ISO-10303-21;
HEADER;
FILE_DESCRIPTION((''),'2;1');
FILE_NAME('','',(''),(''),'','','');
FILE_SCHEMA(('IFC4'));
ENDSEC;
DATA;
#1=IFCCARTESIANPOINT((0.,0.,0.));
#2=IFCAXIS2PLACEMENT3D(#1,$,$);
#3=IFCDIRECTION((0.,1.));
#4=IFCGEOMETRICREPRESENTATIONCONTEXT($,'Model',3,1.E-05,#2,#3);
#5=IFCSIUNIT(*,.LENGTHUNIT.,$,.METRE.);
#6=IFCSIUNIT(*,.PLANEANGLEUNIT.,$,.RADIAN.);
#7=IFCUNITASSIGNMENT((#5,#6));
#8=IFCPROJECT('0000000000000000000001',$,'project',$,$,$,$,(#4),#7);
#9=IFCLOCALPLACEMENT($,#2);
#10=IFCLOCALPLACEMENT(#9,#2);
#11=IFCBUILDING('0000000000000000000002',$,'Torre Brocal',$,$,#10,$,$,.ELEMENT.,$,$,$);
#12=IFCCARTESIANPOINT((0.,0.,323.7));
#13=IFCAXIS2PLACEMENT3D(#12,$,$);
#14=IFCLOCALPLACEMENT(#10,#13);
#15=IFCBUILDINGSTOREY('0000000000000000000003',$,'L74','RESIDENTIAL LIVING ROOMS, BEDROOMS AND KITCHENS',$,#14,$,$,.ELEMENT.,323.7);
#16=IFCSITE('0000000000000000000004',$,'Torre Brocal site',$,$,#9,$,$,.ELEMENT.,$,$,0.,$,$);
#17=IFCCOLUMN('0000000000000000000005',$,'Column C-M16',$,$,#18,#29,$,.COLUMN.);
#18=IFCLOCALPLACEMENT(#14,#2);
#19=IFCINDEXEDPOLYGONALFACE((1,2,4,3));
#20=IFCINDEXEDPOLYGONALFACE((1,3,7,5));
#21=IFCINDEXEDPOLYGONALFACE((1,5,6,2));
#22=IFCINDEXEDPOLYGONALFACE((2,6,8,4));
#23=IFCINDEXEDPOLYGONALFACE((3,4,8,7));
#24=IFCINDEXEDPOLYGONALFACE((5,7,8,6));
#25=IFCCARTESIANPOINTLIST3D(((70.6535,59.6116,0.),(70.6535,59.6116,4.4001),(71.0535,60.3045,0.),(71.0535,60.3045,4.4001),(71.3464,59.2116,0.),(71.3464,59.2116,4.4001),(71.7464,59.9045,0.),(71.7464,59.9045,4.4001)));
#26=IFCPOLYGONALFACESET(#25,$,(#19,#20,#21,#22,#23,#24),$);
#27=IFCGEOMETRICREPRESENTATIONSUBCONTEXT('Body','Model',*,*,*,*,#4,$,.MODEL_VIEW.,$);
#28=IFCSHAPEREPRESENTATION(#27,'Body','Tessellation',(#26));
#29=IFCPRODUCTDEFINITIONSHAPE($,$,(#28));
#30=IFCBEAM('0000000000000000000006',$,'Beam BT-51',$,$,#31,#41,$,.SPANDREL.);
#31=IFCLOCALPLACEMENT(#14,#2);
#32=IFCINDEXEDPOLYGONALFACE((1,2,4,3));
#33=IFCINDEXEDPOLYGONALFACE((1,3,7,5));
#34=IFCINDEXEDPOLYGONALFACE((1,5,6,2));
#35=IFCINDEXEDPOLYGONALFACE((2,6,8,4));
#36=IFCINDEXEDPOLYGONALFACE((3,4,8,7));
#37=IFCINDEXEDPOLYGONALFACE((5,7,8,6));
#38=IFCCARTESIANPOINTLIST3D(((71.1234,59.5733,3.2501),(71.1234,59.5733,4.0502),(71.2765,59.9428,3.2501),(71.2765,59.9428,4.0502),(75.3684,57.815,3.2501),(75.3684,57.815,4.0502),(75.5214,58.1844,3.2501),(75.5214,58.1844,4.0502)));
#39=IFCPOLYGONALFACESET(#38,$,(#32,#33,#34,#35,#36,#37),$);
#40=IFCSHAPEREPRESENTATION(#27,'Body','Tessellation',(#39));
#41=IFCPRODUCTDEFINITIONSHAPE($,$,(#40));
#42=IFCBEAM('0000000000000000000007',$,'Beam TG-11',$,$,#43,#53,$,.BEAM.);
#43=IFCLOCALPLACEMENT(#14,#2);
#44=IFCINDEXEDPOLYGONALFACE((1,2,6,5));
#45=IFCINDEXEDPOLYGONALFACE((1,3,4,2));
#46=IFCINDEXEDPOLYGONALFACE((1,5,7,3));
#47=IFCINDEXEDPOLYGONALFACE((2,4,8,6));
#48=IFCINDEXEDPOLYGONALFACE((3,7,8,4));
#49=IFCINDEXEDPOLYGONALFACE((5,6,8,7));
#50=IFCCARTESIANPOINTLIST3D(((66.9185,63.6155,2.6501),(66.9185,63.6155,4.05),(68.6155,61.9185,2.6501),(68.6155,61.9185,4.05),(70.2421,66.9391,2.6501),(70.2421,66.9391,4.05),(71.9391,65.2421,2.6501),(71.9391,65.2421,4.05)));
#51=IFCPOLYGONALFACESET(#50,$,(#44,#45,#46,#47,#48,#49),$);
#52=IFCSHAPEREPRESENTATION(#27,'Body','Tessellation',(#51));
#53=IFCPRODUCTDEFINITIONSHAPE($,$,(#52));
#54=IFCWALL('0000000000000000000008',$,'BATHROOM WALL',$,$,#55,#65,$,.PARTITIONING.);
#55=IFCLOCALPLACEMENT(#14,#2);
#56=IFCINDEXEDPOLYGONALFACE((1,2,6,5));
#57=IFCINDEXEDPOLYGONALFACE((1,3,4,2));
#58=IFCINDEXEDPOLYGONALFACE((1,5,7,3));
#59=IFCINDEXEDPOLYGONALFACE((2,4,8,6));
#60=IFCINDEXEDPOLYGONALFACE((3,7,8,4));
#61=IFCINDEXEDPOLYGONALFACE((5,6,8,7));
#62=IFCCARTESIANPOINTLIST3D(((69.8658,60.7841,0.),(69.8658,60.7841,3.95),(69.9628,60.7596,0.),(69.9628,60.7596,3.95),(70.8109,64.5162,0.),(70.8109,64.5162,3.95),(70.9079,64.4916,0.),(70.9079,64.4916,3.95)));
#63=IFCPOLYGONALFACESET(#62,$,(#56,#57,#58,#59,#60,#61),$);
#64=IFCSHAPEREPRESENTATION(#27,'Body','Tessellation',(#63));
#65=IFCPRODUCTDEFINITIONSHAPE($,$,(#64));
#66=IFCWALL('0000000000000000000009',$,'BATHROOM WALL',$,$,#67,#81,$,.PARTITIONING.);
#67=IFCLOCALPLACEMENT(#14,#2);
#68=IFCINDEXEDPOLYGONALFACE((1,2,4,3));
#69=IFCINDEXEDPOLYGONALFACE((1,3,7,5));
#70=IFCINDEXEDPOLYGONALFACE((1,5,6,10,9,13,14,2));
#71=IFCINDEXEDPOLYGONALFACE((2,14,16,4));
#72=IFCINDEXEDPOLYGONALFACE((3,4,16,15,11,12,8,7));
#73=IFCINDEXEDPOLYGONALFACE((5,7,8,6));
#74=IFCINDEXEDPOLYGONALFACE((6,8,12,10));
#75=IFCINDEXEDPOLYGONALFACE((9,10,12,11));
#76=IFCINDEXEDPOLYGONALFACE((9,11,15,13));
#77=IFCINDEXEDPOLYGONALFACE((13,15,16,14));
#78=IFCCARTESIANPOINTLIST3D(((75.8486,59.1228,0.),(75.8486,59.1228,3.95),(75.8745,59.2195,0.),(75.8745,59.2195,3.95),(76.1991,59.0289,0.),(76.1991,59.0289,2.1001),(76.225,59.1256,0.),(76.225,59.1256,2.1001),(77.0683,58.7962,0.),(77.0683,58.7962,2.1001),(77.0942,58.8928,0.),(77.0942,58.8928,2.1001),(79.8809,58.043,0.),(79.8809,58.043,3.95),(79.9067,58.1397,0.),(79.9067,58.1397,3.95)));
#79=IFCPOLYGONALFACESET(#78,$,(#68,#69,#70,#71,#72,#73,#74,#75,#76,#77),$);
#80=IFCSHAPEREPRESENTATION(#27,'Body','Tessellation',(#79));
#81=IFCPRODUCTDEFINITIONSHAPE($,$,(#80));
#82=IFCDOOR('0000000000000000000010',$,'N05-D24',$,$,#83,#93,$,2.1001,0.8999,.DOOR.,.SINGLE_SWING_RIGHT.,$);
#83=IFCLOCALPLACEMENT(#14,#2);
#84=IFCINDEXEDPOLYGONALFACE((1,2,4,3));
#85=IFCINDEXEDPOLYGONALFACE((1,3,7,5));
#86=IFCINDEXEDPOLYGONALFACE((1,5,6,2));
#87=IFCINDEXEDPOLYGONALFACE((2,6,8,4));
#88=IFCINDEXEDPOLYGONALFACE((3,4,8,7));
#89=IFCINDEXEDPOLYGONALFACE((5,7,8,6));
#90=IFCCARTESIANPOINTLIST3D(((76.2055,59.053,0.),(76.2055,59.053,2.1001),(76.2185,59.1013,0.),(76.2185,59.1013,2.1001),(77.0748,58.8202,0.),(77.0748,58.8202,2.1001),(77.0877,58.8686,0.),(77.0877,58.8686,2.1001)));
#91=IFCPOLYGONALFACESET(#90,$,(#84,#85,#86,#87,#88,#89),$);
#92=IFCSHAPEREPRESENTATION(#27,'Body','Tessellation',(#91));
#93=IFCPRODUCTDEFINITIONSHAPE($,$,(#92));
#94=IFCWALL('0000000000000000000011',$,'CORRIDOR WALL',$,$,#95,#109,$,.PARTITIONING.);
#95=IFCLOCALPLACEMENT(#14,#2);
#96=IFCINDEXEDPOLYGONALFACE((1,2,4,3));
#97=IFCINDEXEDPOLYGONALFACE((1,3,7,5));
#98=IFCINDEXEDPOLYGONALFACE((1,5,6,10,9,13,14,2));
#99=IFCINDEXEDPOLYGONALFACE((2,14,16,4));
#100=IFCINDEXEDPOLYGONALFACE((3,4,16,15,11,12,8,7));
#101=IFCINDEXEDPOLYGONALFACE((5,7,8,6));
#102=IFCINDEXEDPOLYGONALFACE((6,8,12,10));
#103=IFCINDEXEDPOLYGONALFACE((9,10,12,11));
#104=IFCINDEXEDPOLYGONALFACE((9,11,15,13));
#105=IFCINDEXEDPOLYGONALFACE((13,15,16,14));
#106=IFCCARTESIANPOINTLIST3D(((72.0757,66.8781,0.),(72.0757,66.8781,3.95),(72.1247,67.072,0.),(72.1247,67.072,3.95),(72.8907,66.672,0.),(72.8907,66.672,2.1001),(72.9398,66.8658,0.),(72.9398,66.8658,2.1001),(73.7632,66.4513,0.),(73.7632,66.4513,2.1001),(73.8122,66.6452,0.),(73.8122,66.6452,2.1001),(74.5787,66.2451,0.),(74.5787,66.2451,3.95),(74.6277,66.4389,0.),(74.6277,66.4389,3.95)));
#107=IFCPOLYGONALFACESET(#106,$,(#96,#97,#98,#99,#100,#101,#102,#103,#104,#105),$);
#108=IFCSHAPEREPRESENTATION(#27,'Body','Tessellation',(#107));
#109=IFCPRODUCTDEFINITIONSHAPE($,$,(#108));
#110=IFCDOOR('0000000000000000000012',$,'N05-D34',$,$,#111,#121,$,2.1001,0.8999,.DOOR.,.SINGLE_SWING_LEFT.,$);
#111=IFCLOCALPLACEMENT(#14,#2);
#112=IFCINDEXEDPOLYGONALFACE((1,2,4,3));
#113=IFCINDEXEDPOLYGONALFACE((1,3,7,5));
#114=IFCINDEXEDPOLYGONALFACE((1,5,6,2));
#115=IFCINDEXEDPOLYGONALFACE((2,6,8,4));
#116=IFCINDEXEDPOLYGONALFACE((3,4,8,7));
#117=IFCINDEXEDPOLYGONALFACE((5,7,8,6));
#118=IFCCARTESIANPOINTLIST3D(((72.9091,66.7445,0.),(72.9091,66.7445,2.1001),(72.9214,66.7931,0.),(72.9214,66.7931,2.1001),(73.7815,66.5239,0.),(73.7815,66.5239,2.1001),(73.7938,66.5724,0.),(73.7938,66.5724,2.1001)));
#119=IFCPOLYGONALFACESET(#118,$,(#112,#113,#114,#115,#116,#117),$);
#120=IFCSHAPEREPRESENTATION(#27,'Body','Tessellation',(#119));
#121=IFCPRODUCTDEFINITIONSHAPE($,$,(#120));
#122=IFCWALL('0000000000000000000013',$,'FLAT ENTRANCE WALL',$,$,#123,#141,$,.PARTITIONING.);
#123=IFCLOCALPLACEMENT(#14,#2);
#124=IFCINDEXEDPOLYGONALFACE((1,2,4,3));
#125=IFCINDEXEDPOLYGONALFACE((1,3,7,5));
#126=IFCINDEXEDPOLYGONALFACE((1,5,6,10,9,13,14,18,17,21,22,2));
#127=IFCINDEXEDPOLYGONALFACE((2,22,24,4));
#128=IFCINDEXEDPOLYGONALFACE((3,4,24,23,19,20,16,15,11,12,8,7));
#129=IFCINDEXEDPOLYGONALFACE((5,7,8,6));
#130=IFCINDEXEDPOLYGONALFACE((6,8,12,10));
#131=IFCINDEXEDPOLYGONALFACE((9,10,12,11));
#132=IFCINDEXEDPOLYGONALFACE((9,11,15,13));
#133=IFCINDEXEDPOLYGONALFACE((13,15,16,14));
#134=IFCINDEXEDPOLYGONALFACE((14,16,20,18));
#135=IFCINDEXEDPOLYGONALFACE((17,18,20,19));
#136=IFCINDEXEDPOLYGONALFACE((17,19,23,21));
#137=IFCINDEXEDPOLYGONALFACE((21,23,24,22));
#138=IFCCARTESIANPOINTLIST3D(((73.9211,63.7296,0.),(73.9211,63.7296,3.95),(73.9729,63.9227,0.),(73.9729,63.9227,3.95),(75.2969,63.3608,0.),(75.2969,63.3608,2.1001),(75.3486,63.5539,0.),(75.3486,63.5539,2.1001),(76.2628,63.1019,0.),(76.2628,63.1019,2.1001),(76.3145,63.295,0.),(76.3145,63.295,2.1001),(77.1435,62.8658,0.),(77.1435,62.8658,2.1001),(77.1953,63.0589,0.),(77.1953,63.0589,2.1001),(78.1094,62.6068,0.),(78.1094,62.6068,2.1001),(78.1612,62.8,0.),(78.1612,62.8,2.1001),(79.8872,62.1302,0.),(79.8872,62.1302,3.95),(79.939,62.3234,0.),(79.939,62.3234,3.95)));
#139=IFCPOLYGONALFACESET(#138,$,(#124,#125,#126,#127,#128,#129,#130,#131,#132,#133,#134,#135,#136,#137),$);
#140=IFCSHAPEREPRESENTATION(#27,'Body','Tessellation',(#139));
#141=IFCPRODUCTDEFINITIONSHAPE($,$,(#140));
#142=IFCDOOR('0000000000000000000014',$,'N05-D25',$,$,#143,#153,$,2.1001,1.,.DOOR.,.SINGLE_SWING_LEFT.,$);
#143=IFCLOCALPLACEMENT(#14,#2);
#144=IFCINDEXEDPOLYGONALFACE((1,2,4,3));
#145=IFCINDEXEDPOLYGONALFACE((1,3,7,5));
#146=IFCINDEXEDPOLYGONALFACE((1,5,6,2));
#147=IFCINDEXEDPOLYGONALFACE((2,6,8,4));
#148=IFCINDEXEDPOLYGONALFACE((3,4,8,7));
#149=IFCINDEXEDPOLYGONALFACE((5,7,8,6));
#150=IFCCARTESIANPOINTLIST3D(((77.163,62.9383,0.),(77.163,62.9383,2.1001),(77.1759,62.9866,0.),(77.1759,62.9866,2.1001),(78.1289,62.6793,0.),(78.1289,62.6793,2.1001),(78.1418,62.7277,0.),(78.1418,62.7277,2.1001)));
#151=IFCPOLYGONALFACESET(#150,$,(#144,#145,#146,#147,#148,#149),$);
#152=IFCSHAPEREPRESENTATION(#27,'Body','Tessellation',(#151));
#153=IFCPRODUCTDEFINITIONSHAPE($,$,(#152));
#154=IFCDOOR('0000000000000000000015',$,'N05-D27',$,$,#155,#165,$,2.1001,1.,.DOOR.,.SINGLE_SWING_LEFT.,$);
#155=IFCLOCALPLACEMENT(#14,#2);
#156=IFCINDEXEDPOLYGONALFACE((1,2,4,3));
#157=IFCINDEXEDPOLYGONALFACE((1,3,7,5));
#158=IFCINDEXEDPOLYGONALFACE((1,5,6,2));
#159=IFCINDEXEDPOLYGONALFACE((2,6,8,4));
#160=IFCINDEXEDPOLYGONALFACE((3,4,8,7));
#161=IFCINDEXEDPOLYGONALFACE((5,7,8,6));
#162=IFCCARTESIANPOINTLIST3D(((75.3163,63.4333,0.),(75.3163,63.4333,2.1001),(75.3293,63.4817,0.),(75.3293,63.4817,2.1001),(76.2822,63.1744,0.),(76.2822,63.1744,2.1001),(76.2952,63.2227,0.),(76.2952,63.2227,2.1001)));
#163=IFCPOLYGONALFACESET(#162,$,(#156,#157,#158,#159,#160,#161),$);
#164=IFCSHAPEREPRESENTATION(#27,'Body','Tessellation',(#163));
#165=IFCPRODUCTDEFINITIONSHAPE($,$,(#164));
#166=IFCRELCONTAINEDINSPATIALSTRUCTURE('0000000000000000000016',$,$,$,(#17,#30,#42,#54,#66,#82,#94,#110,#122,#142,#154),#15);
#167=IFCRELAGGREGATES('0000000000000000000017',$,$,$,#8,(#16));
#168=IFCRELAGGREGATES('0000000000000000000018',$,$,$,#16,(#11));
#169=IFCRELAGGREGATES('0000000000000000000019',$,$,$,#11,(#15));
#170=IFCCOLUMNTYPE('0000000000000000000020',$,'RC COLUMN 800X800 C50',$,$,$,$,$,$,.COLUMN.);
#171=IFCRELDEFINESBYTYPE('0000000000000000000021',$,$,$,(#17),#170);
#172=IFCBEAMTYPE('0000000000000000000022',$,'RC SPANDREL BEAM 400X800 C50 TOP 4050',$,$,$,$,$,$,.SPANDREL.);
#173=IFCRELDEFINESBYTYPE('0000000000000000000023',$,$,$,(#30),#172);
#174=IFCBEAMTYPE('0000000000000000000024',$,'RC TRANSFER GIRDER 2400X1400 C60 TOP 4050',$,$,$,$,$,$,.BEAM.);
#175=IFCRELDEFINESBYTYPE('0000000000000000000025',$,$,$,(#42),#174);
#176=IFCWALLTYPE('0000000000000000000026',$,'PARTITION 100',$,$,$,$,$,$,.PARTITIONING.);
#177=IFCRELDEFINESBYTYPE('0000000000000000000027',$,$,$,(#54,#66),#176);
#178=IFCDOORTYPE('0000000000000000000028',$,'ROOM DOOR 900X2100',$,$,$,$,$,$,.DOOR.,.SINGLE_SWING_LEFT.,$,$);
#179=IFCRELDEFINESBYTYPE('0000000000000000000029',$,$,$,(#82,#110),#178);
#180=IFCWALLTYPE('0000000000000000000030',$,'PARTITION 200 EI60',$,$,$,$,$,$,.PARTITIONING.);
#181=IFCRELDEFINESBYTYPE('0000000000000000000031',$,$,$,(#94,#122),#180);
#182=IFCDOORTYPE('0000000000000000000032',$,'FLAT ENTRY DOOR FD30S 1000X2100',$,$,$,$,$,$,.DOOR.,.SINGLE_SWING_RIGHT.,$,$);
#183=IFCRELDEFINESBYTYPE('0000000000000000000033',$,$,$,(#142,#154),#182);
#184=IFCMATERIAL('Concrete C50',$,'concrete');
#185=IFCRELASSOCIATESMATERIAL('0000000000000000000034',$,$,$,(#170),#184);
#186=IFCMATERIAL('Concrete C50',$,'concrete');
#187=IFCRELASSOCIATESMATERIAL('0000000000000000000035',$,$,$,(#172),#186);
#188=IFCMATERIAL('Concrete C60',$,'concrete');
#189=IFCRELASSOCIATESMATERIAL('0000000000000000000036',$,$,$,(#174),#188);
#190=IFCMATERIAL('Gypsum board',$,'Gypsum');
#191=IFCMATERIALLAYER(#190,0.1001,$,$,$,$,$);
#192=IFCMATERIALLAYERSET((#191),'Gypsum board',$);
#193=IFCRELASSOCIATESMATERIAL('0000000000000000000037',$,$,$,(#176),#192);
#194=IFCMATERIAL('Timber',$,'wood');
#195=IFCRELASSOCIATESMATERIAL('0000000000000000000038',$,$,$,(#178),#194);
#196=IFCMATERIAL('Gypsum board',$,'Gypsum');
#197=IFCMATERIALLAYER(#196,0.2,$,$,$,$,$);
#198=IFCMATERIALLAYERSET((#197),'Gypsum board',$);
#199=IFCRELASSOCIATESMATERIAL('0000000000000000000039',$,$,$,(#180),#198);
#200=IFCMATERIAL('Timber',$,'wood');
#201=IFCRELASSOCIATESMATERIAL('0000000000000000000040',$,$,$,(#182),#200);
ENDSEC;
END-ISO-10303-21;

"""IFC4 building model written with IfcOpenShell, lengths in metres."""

from ifc_helpers import new_model, si_unit, direction, frame, frame_2d, origin, origin_2d, place, context, subcontext, project, spatial, rectangle, extrude, material, layer, layer_set, material_profile, profile_set, type_object, element, fill, save


model = new_model("IFC4")

# Units and contexts
model_context = context("Model", 3, precision=1e-05, world=origin(), true_north=direction((0.0, 1.0)))
body_context = subcontext(model_context, "Body", "Model", "MODEL_VIEW")
ifc_project = project(units=[si_unit("LENGTHUNIT", "METRE"), si_unit("PLANEANGLEUNIT", "RADIAN")], contexts=[model_context])

# Site, building, storey
site_placement = place(None, origin())
site = spatial("IfcSite", under=ifc_project, at=site_placement, Name="Torre Brocal site", CompositionType="ELEMENT", RefElevation=0.0)
building_placement = place(site_placement, origin())
building = spatial("IfcBuilding", under=site, at=building_placement, Name="Torre Brocal", CompositionType="ELEMENT")
storey_placement = place(building_placement, frame((0.0, 0.0, 323.7)))
storey = spatial("IfcBuildingStorey", under=building, at=storey_placement, Name="L74", Description="RESIDENTIAL LIVING ROOMS, BEDROOMS AND KITCHENS", CompositionType="ELEMENT", Elevation=323.7)

# Column
ifc_material_1 = material(Name="Concrete C50", Category="concrete")
ifc_material_profile_1 = material_profile(ifc_material_1, rectangle(XDim=0.8, YDim=0.8, at=origin_2d()), Name="RC 800X800")
ifc_profile_set_1 = profile_set([ifc_material_profile_1], Name="Concrete C50")
column_type = type_object("IfcColumnType", Name="RC COLUMN 800X800 C50", PredefinedType="COLUMN", material=ifc_profile_set_1)
column_placement = place(storey_placement, frame((71.2, 59.7581, 0.0), z_axis=(0.0, 0.0, 1.0), x_axis=(-0.5, -0.866025, 0.0)))
element("IfcColumn", 1, at=column_placement, inside=storey, type_object=column_type, Name="Column C-M16", PredefinedType="COLUMN", context=body_context, shape_type="SweptSolid", body=[
    extrude(rectangle(XDim=0.8, YDim=0.8, at=origin_2d()), origin(), (0.0, 0.0, 1.0), 4.4001),
])

# Beams
ifc_material_2 = material(Name="Concrete C50", Category="concrete")
ifc_material_profile_2 = material_profile(ifc_material_2, rectangle(XDim=0.3999, YDim=0.8, at=origin_2d()), Name="RC 400X800")
ifc_profile_set_2 = profile_set([ifc_material_profile_2], Name="Concrete C50")
beam_type_1 = type_object("IfcBeamType", Name="RC SPANDREL BEAM 400X800 C50 TOP 4050", PredefinedType="SPANDREL", material=ifc_profile_set_2)
beam_1_placement = place(storey_placement, frame((71.2, 59.7581, 3.6501), z_axis=(0.923878, -0.382687, 0.0), x_axis=(0.382687, 0.923878, 0.0)))
element("IfcBeam", 2, at=beam_1_placement, inside=storey, type_object=beam_type_1, Name="Beam BT-51", PredefinedType="SPANDREL", context=body_context, shape_type="SweptSolid", body=[
    extrude(rectangle(XDim=0.3999, YDim=0.8, at=origin_2d()), origin(), (0.0, 0.0, 1.0), 4.5947),
])
ifc_material_3 = material(Name="Concrete C60", Category="concrete")
ifc_material_profile_3 = material_profile(ifc_material_3, rectangle(XDim=2.3999, YDim=1.3999, at=origin_2d()), Name="RC 2400X1400")
ifc_profile_set_3 = profile_set([ifc_material_profile_3], Name="Concrete C60")
beam_type_2 = type_object("IfcBeamType", Name="RC TRANSFER GIRDER 2400X1400 C60 TOP 4050", PredefinedType="BEAM", material=ifc_profile_set_3)
beam_2_placement = place(storey_placement, frame((71.0906, 66.0906, 3.3501), z_axis=(-0.707107, -0.707107, 0.0), x_axis=(0.707107, -0.707107, 0.0)))
element("IfcBeam", 3, at=beam_2_placement, inside=storey, type_object=beam_type_2, Name="Beam TG-11", PredefinedType="BEAM", context=body_context, shape_type="SweptSolid", body=[
    extrude(rectangle(XDim=2.3999, YDim=1.3999, at=origin_2d()), origin(), (0.0, 0.0, 1.0), 4.7002),
])

# Wall
ifc_material_4 = material(Name="Gypsum board", Category="Gypsum")
ifc_layer_1 = layer(ifc_material_4, 0.1001)
ifc_layer_set_1 = layer_set([ifc_layer_1], Name="Gypsum board")
wall_type_1 = type_object("IfcWallType", Name="PARTITION 100", PredefinedType="PARTITIONING", material=ifc_layer_set_1)
wall_1_placement = place(storey_placement, frame((69.9143, 60.772, 0.0), z_axis=(0.0, 0.0, 1.0), x_axis=(0.245489, 0.969399, 0.0)))
element("IfcWall", 4, at=wall_1_placement, inside=storey, type_object=wall_type_1, Name="BATHROOM WALL", PredefinedType="PARTITIONING", context=body_context, shape_type="SweptSolid", body=[
    extrude(rectangle(XDim=3.8499, YDim=0.1001, at=frame_2d((1.9248, 0.0))), origin(), (0.0, 0.0, 1.0), 3.95),
])

# Walls, openings, doors
wall_2_placement = place(storey_placement, frame((75.8616, 59.1711, 0.0), z_axis=(0.0, 0.0, 1.0), x_axis=(0.965962, -0.258685, 0.0)))
wall_2 = element("IfcWall", 5, at=wall_2_placement, inside=storey, type_object=wall_type_1, Name="BATHROOM WALL", PredefinedType="PARTITIONING", context=body_context, shape_type="SweptSolid", body=[
    extrude(rectangle(XDim=4.1743, YDim=0.1001, at=frame_2d((2.0872, 0.0))), origin(), (0.0, 0.0, 1.0), 3.95),
])
opening_1_placement = place(wall_2_placement, frame((0.3628, 0.0, 0.0)))
opening_1 = element("IfcOpeningElement", 6, at=opening_1_placement, cuts=wall_2, PredefinedType="OPENING", context=body_context, shape_type="SweptSolid", body=[
    extrude(rectangle(XDim=0.8999, YDim=2.1001, at=frame_2d((0.45, 1.05))), frame((0.0, 0.0601, 0.0), z_axis=(0.0, -1.0, 0.0), x_axis=(1.0, 0.0, 0.0)), (0.0, 0.0, 1.0), 0.1201),
])
ifc_material_5 = material(Name="Timber", Category="wood")
door_type_1 = type_object("IfcDoorType", Name="ROOM DOOR 900X2100", OperationType="SINGLE_SWING_LEFT", PredefinedType="DOOR", material=ifc_material_5)
door_1_placement = place(opening_1_placement, origin())
door_1 = element("IfcDoor", 7, at=door_1_placement, inside=storey, type_object=door_type_1, Name="N05-D24", OperationType="SINGLE_SWING_RIGHT", OverallHeight=2.1001, OverallWidth=0.8999, PredefinedType="DOOR", context=body_context, shape_type="SweptSolid", body=[
    extrude(rectangle(XDim=0.8999, YDim=2.1001, at=frame_2d((0.45, 1.05))), frame((0.0, 0.0249, 0.0), z_axis=(0.0, -1.0, 0.0), x_axis=(1.0, 0.0, 0.0)), (0.0, 0.0, 1.0), 0.05),
])
fill(opening_1, door_1)
ifc_material_6 = material(Name="Gypsum board", Category="Gypsum")
ifc_layer_2 = layer(ifc_material_6, 0.2)
ifc_layer_set_2 = layer_set([ifc_layer_2], Name="Gypsum board")
wall_type_2 = type_object("IfcWallType", Name="PARTITION 200 EI60", PredefinedType="PARTITIONING", material=ifc_layer_set_2)
wall_3_placement = place(storey_placement, frame((72.1001, 66.9751, 0.0), z_axis=(0.0, 0.0, 1.0), x_axis=(0.969471, -0.245205, 0.0)))
wall_3 = element("IfcWall", 8, at=wall_3_placement, inside=storey, type_object=wall_type_2, Name="CORRIDOR WALL", PredefinedType="PARTITIONING", context=body_context, shape_type="SweptSolid", body=[
    extrude(rectangle(XDim=2.5818, YDim=0.2, at=frame_2d((1.291, 0.0))), origin(), (0.0, 0.0, 1.0), 3.95),
])
opening_2_placement = place(wall_3_placement, frame((0.8408, 0.0, 0.0)))
opening_2 = element("IfcOpeningElement", 9, at=opening_2_placement, cuts=wall_3, PredefinedType="OPENING", context=body_context, shape_type="SweptSolid", body=[
    extrude(rectangle(XDim=0.8999, YDim=2.1001, at=frame_2d((0.45, 1.05))), frame((0.0, 0.1099, 0.0), z_axis=(0.0, -1.0, 0.0), x_axis=(1.0, 0.0, 0.0)), (0.0, 0.0, 1.0), 0.22),
])
door_2_placement = place(opening_2_placement, origin())
door_2 = element("IfcDoor", 10, at=door_2_placement, inside=storey, type_object=door_type_1, Name="N05-D34", OperationType="SINGLE_SWING_LEFT", OverallHeight=2.1001, OverallWidth=0.8999, PredefinedType="DOOR", context=body_context, shape_type="SweptSolid", body=[
    extrude(rectangle(XDim=0.8999, YDim=2.1001, at=frame_2d((0.45, 1.05))), frame((0.0, 0.0249, 0.0), z_axis=(0.0, -1.0, 0.0), x_axis=(1.0, 0.0, 0.0)), (0.0, 0.0, 1.0), 0.05),
])
fill(opening_2, door_2)

# Wall, openings, doors
wall_4_placement = place(storey_placement, frame((73.947, 63.8262, 0.0), z_axis=(0.0, 0.0, 1.0), x_axis=(0.965895, -0.258934, 0.0)))
wall_4 = element("IfcWall", 11, at=wall_4_placement, inside=storey, type_object=wall_type_2, Name="FLAT ENTRANCE WALL", PredefinedType="PARTITIONING", context=body_context, shape_type="SweptSolid", body=[
    extrude(rectangle(XDim=6.1768, YDim=0.2, at=frame_2d((3.0884, 0.0))), origin(), (0.0, 0.0, 1.0), 3.95),
])
opening_3_placement = place(wall_4_placement, frame((3.3362, 0.0, 0.0)))
opening_3 = element("IfcOpeningElement", 12, at=opening_3_placement, cuts=wall_4, PredefinedType="OPENING", context=body_context, shape_type="SweptSolid", body=[
    extrude(rectangle(XDim=1.0, YDim=2.1001, at=frame_2d((0.5, 1.05))), frame((0.0, 0.1099, 0.0), z_axis=(0.0, -1.0, 0.0), x_axis=(1.0, 0.0, 0.0)), (0.0, 0.0, 1.0), 0.22),
])
opening_4_placement = place(wall_4_placement, frame((1.4243, 0.0, 0.0)))
opening_4 = element("IfcOpeningElement", 13, at=opening_4_placement, cuts=wall_4, PredefinedType="OPENING", context=body_context, shape_type="SweptSolid", body=[
    extrude(rectangle(XDim=1.0, YDim=2.1001, at=frame_2d((0.5, 1.05))), frame((0.0, 0.1099, 0.0), z_axis=(0.0, -1.0, 0.0), x_axis=(1.0, 0.0, 0.0)), (0.0, 0.0, 1.0), 0.22),
])
ifc_material_7 = material(Name="Timber", Category="wood")
door_type_2 = type_object("IfcDoorType", Name="FLAT ENTRY DOOR FD30S 1000X2100", OperationType="SINGLE_SWING_RIGHT", PredefinedType="DOOR", material=ifc_material_7)
door_3_placement = place(opening_3_placement, frame((1.0, 0.0, 0.0), z_axis=(0.0, 0.0, 1.0), x_axis=(-1.0, 0.0, 0.0)))
door_3 = element("IfcDoor", 14, at=door_3_placement, inside=storey, type_object=door_type_2, Name="N05-D25", OperationType="SINGLE_SWING_LEFT", OverallHeight=2.1001, OverallWidth=1.0, PredefinedType="DOOR", context=body_context, shape_type="SweptSolid", body=[
    extrude(rectangle(XDim=1.0, YDim=2.1001, at=frame_2d((0.5, 1.05))), frame((0.0, 0.0249, 0.0), z_axis=(0.0, -1.0, 0.0), x_axis=(1.0, 0.0, 0.0)), (0.0, 0.0, 1.0), 0.05),
])
fill(opening_3, door_3)
door_4_placement = place(opening_4_placement, frame((1.0, 0.0, 0.0), z_axis=(0.0, 0.0, 1.0), x_axis=(-1.0, 0.0, 0.0)))
door_4 = element("IfcDoor", 15, at=door_4_placement, inside=storey, type_object=door_type_2, Name="N05-D27", OperationType="SINGLE_SWING_LEFT", OverallHeight=2.1001, OverallWidth=1.0, PredefinedType="DOOR", context=body_context, shape_type="SweptSolid", body=[
    extrude(rectangle(XDim=1.0, YDim=2.1001, at=frame_2d((0.5, 1.05))), frame((0.0, 0.0249, 0.0), z_axis=(0.0, -1.0, 0.0), x_axis=(1.0, 0.0, 0.0)), (0.0, 0.0, 1.0), 0.05),
])
fill(opening_4, door_4)

save(model, "model.ifc")
